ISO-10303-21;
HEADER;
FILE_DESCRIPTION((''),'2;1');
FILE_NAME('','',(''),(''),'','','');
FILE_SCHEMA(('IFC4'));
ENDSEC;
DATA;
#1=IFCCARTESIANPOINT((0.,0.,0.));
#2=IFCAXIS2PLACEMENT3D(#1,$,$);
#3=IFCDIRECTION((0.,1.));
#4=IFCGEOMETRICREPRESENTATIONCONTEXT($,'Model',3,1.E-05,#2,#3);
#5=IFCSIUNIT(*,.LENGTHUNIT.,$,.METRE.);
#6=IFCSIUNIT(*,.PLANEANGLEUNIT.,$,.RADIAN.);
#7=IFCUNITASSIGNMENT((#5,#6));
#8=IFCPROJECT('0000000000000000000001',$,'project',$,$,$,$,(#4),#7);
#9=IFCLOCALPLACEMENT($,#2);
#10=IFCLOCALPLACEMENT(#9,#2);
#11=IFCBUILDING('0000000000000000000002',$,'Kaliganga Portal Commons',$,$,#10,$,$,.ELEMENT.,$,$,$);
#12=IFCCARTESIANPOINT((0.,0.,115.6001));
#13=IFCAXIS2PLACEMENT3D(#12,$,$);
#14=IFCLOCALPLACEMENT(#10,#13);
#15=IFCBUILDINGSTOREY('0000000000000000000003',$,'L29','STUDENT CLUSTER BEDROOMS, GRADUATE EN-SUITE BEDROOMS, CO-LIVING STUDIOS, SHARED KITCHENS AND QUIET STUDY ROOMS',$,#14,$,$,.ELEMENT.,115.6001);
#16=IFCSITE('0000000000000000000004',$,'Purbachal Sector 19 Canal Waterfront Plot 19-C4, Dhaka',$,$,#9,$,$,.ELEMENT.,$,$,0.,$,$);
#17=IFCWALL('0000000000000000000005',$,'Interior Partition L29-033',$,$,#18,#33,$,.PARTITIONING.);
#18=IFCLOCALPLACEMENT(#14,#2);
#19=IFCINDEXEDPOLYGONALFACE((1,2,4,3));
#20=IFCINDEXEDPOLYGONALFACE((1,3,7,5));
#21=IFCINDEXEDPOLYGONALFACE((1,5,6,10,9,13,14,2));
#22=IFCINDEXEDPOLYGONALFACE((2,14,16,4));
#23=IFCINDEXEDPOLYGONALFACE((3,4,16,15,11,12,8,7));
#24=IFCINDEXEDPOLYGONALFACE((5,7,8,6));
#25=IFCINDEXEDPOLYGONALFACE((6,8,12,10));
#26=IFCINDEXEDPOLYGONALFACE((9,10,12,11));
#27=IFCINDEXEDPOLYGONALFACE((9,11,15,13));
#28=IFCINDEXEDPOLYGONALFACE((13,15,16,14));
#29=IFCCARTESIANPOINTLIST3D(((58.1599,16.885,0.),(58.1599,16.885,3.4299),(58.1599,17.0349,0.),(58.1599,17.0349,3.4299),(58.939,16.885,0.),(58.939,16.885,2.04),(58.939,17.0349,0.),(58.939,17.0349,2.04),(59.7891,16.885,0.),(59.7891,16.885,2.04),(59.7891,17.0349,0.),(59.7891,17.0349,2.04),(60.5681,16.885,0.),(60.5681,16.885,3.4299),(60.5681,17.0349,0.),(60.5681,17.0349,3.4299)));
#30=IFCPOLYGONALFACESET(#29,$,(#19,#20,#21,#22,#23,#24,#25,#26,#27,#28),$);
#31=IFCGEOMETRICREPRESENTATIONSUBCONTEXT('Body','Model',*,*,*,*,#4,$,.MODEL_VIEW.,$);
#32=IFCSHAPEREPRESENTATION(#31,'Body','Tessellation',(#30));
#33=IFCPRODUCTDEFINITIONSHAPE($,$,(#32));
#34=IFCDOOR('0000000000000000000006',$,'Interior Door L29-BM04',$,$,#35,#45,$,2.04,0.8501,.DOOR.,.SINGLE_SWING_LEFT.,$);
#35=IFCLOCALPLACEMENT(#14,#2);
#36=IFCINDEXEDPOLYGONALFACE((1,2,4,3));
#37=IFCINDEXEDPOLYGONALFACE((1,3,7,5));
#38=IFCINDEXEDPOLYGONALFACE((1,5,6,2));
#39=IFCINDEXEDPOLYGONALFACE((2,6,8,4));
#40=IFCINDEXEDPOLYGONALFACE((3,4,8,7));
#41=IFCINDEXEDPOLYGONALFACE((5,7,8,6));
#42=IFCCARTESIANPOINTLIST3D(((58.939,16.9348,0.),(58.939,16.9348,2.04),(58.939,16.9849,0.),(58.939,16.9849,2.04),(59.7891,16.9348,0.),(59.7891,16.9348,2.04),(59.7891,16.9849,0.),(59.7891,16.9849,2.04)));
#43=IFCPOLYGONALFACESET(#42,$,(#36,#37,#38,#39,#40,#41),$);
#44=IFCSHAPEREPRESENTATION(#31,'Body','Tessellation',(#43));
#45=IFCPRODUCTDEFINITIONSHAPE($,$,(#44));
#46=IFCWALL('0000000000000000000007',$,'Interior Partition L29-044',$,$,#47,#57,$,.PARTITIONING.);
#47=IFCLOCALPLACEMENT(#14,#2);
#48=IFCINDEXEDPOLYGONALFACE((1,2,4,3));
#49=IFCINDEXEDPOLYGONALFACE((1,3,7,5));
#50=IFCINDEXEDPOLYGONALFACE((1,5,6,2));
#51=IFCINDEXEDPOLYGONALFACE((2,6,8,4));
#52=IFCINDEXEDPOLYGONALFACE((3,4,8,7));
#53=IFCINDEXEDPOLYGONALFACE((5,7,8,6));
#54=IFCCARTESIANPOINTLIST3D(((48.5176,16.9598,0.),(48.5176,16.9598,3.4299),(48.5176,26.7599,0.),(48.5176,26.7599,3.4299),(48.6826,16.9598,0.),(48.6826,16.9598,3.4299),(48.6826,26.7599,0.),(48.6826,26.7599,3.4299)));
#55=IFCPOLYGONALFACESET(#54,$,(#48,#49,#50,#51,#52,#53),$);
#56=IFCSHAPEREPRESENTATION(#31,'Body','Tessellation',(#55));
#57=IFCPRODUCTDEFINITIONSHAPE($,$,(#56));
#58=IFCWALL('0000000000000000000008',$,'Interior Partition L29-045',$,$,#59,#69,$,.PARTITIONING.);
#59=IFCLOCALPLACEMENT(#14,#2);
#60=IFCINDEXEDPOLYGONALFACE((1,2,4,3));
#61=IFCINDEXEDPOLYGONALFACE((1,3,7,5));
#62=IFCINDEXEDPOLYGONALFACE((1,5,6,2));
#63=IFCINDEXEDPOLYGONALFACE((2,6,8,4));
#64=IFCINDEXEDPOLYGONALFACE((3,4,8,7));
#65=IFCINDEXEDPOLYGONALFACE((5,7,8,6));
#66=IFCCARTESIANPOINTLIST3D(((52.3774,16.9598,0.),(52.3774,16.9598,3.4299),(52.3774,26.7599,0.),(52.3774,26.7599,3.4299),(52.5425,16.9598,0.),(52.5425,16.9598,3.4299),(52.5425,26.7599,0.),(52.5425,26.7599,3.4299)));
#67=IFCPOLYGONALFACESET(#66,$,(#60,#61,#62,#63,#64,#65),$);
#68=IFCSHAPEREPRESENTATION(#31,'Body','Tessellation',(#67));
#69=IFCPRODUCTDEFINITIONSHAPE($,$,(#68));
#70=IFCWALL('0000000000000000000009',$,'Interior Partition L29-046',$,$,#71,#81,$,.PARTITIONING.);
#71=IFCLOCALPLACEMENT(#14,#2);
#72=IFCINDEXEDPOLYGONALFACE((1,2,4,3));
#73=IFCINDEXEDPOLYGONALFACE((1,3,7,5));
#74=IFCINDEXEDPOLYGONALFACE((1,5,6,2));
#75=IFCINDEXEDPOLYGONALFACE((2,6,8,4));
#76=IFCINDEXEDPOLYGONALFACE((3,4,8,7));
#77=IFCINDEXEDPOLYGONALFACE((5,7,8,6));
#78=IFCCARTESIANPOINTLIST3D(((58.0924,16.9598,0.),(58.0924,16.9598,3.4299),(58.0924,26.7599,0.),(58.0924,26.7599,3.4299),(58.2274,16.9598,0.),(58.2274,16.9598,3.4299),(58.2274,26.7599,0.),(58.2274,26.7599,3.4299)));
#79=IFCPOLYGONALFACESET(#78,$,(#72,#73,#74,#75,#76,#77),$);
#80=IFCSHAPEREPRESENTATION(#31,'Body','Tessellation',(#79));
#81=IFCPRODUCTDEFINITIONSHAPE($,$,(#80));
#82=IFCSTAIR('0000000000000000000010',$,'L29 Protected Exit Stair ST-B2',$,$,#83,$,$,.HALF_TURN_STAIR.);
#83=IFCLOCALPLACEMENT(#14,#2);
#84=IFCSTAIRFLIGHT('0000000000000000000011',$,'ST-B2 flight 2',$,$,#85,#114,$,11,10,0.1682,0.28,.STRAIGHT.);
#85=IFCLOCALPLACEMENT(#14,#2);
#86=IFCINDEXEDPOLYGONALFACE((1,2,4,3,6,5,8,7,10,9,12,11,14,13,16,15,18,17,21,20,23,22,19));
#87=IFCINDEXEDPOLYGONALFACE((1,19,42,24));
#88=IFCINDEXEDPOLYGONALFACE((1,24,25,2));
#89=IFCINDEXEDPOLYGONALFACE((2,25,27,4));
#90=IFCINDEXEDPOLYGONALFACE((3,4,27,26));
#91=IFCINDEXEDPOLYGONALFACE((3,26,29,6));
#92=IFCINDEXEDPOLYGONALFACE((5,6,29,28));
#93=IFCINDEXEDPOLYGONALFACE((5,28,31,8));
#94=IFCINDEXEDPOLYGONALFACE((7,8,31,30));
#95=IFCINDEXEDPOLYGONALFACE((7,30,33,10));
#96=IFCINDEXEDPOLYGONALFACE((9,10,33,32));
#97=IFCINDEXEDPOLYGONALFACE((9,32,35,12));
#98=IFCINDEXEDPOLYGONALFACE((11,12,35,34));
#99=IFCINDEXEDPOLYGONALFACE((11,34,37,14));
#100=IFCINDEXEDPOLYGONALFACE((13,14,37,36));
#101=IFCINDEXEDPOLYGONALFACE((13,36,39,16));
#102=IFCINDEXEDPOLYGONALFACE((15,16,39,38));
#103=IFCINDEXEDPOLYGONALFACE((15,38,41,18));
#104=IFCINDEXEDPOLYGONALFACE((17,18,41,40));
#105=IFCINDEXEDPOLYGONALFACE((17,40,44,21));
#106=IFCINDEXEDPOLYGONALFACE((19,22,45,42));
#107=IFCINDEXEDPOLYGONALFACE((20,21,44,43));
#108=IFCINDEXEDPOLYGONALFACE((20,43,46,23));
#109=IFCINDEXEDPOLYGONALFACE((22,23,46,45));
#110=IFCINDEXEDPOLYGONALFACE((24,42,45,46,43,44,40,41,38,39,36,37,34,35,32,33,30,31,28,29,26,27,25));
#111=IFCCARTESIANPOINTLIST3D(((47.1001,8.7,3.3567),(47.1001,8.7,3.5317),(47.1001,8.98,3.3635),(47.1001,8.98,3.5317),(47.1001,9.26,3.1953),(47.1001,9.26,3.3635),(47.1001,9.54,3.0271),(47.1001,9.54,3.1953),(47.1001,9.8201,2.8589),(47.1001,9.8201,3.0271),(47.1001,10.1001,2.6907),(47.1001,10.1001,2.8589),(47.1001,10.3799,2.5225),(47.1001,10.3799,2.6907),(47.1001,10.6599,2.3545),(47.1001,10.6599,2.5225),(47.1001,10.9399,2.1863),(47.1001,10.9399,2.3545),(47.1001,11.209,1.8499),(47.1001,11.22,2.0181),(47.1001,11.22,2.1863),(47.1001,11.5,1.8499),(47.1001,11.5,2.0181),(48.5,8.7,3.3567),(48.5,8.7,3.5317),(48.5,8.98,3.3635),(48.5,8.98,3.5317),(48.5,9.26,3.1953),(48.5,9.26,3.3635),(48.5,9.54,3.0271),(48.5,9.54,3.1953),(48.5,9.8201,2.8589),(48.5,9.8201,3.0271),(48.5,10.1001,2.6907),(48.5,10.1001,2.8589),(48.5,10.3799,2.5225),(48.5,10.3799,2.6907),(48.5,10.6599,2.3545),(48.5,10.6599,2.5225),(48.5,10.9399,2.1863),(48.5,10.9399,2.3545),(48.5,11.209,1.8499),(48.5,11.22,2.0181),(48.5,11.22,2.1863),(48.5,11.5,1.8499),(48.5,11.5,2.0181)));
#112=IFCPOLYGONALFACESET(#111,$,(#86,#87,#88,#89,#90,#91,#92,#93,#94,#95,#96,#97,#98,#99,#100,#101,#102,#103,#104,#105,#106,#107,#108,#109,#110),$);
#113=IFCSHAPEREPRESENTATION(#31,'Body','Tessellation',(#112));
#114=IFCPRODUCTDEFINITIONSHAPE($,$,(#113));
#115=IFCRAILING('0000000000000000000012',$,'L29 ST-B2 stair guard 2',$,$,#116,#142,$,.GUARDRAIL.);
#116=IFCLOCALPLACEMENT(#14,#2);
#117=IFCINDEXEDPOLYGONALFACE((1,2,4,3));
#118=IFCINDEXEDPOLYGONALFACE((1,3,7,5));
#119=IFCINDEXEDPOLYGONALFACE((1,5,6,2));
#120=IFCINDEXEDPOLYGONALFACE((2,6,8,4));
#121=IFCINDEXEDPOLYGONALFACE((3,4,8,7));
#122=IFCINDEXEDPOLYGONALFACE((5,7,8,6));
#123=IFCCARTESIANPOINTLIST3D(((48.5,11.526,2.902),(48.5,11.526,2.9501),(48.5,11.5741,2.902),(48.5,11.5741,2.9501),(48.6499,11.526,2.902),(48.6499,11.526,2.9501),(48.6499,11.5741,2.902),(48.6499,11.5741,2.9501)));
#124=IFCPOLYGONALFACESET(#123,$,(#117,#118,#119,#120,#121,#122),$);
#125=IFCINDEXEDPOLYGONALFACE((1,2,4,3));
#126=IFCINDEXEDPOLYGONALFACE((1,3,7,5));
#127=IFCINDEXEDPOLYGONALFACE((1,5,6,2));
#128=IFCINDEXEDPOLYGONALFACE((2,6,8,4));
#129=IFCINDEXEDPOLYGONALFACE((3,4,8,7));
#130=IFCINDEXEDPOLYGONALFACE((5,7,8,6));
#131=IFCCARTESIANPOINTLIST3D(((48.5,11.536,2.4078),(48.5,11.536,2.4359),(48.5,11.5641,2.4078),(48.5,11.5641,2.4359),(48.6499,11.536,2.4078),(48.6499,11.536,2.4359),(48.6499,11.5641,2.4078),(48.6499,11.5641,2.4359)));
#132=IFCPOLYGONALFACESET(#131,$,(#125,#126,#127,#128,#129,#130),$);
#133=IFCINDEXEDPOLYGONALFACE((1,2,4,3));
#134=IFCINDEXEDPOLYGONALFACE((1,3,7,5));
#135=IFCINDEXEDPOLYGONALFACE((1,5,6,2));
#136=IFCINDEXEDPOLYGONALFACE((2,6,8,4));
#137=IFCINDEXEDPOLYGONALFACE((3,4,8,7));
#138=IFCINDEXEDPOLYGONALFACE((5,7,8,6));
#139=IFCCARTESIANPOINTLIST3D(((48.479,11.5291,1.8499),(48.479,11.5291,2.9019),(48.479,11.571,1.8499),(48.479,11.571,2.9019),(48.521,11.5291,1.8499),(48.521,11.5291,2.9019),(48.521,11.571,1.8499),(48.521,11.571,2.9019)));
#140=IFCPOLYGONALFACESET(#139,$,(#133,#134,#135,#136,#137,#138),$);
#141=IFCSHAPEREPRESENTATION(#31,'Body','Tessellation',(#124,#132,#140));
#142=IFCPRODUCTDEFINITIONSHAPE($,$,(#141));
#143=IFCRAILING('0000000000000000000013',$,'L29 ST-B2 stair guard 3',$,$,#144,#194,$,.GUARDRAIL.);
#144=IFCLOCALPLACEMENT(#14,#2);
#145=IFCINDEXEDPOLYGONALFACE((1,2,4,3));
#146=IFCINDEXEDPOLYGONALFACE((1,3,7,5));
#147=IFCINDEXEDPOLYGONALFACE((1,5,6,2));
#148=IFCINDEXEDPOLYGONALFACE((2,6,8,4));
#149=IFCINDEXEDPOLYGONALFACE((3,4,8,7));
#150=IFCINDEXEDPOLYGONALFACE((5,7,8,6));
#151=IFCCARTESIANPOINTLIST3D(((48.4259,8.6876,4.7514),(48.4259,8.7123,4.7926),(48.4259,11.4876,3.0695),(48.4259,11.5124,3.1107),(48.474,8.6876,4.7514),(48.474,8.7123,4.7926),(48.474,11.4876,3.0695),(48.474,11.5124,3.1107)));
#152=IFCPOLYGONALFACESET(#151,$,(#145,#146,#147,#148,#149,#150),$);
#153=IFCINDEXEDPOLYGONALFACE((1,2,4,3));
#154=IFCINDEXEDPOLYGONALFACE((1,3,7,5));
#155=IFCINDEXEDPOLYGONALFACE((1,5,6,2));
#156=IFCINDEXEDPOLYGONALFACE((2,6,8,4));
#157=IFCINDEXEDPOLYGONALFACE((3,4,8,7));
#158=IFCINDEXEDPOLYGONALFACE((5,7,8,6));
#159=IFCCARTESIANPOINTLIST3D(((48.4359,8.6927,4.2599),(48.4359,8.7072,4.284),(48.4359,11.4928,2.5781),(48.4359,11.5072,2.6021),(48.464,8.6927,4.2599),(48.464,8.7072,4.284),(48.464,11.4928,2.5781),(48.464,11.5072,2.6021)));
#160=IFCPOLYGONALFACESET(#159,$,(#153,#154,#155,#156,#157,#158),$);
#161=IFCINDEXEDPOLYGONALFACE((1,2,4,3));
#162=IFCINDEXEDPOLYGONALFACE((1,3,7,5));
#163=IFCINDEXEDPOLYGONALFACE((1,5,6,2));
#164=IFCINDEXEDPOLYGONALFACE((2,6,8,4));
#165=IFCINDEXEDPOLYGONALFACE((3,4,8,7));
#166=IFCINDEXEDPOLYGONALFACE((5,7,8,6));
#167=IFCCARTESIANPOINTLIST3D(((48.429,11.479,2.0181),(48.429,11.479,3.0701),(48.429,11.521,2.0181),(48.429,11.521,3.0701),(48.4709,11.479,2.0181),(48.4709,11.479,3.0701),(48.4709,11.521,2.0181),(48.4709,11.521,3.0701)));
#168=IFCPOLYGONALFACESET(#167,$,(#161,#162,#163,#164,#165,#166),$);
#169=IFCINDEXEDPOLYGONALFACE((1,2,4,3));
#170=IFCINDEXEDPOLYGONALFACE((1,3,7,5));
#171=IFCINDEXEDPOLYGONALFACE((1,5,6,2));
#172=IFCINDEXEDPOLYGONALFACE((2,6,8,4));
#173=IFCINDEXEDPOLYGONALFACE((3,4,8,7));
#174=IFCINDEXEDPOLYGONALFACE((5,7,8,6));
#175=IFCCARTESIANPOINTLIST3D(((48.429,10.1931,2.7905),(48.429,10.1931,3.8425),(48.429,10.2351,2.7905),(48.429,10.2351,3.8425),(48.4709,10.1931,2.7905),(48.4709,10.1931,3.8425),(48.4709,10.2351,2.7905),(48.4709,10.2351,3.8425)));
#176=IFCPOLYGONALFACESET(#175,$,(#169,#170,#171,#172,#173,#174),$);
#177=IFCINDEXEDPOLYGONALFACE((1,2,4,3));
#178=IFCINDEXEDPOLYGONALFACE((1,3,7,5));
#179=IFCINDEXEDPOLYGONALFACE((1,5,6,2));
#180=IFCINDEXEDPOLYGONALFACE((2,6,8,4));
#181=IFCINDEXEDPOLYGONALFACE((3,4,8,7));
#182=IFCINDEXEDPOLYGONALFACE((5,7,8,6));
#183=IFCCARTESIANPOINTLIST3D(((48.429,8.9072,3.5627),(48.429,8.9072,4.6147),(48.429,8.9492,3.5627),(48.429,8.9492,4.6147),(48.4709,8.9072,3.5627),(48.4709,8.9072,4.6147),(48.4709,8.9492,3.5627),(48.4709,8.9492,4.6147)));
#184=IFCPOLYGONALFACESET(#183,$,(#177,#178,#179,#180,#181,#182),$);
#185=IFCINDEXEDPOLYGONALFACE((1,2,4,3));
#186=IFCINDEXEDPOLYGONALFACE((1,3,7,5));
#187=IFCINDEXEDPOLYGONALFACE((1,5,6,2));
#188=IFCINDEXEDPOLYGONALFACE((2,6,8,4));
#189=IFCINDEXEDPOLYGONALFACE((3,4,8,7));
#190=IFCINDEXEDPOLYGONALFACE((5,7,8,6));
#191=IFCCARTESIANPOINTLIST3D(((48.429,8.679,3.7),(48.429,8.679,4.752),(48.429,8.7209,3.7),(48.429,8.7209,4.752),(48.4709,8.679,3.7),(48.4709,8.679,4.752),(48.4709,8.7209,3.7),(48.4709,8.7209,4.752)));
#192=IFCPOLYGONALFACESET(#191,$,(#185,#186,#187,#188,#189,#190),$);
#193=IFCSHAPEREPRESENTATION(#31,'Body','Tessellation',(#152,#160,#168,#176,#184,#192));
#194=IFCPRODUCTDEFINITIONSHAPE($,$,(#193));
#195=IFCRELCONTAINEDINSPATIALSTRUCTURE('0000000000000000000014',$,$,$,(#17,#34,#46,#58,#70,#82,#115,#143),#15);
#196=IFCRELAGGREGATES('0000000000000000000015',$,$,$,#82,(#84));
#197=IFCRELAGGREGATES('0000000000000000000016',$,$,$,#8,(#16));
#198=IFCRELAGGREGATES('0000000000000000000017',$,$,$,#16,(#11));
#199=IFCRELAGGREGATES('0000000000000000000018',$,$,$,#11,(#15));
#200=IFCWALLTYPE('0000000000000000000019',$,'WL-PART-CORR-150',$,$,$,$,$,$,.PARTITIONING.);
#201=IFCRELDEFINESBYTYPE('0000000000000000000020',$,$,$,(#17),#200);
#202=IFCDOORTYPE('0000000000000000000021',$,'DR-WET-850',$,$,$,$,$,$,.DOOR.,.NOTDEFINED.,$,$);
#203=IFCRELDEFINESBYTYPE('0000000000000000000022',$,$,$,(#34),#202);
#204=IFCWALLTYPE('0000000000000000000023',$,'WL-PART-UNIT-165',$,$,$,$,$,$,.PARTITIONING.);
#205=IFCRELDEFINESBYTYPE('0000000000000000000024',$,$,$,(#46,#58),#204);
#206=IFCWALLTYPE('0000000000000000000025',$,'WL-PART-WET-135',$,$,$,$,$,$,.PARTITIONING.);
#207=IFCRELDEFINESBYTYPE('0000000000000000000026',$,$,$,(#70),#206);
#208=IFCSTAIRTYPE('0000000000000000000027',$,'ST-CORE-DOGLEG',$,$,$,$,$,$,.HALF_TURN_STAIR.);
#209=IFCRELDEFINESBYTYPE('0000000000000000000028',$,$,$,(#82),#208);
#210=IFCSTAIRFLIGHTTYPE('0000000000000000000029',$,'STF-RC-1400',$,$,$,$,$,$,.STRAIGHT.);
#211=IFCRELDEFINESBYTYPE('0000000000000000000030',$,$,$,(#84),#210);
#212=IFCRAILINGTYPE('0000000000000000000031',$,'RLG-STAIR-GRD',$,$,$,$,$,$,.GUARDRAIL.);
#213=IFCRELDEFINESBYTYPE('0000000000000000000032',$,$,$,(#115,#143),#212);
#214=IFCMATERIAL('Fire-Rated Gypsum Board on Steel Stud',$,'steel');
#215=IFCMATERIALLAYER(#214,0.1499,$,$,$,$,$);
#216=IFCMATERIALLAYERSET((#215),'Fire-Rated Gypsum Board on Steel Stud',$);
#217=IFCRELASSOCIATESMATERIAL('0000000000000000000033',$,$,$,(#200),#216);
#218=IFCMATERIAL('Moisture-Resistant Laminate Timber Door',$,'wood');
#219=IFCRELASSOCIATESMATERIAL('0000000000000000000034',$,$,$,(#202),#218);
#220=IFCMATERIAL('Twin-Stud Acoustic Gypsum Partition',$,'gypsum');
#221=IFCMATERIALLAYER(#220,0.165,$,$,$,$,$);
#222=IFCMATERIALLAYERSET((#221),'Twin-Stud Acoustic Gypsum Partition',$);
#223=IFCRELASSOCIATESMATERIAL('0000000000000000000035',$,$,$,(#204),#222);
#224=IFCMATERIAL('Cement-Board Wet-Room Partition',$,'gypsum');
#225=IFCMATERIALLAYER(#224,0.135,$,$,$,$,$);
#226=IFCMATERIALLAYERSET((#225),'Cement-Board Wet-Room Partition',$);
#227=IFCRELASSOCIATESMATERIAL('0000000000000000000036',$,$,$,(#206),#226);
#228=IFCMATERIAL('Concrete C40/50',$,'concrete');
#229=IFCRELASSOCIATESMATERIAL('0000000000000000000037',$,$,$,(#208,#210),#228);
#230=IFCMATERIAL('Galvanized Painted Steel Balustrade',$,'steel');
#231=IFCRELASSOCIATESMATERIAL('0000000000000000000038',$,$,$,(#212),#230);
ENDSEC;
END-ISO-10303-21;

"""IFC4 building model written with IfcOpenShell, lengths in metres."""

from ifc_helpers import new_model, si_unit, direction, frame, frame_2d, origin, origin_2d, place, context, subcontext, project, spatial, polyline, rectangle, outline, extrude, material, layer, layer_set, type_object, element, fill, aggregate, save


model = new_model("IFC4")

# Units and contexts
model_context = context("Model", 3, precision=1e-05, world=origin(), true_north=direction((0.0, 1.0)))
body_context = subcontext(model_context, "Body", "Model", "MODEL_VIEW")
ifc_project = project(units=[si_unit("LENGTHUNIT", "METRE"), si_unit("PLANEANGLEUNIT", "RADIAN")], contexts=[model_context])

# Site, building, storey
site_placement = place(None, origin())
site = spatial("IfcSite", under=ifc_project, at=site_placement, Name="Purbachal Sector 19 Canal Waterfront Plot 19-C4, Dhaka", CompositionType="ELEMENT", RefElevation=0.0)
building_placement = place(site_placement, origin())
building = spatial("IfcBuilding", under=site, at=building_placement, Name="Kaliganga Portal Commons", CompositionType="ELEMENT")
storey_placement = place(building_placement, frame((0.0, 0.0, 115.6001)))
storey = spatial("IfcBuildingStorey", under=building, at=storey_placement, Name="L29", Description="STUDENT CLUSTER BEDROOMS, GRADUATE EN-SUITE BEDROOMS, CO-LIVING STUDIOS, SHARED KITCHENS AND QUIET STUDY ROOMS", CompositionType="ELEMENT", Elevation=115.6001)

# Shared definitions
ifc_material_1 = material(Name="Fire-Rated Gypsum Board on Steel Stud", Category="steel")
ifc_layer_1 = layer(ifc_material_1, 0.1499)
ifc_layer_set_1 = layer_set([ifc_layer_1], Name="Fire-Rated Gypsum Board on Steel Stud")
wall_type_1 = type_object("IfcWallType", Name="WL-PART-CORR-150", PredefinedType="PARTITIONING", material=ifc_layer_set_1)

# Wall, opening, door
wall_1_placement = place(storey_placement, frame((58.1599, 16.96, 0.0), z_axis=(0.0, 0.0, 1.0), x_axis=(1.0, 0.0, 0.0)))
wall_1 = element("IfcWall", 1, at=wall_1_placement, inside=storey, type_object=wall_type_1, Name="Interior Partition L29-033", PredefinedType="PARTITIONING", context=body_context, shape_type="SweptSolid", body=[
    extrude(rectangle(XDim=2.4082, YDim=0.1499, at=frame_2d((1.2041, 0.0))), origin(), (0.0, 0.0, 1.0), 3.4299),
])
opening_1_placement = place(wall_1_placement, frame((0.7791, 0.0, 0.0)))
opening_1 = element("IfcOpeningElement", 2, at=opening_1_placement, cuts=wall_1, PredefinedType="OPENING", context=body_context, shape_type="SweptSolid", body=[
    extrude(rectangle(XDim=0.8501, YDim=2.04, at=frame_2d((0.425, 1.02))), frame((0.0, 0.085, 0.0), z_axis=(0.0, -1.0, 0.0), x_axis=(1.0, 0.0, 0.0)), (0.0, 0.0, 1.0), 0.1699),
])
ifc_material_2 = material(Name="Moisture-Resistant Laminate Timber Door", Category="wood")
door_type_1 = type_object("IfcDoorType", Name="DR-WET-850", OperationType="NOTDEFINED", PredefinedType="DOOR", material=ifc_material_2)
door_1_placement = place(opening_1_placement, origin())
door_1 = element("IfcDoor", 3, at=door_1_placement, inside=storey, type_object=door_type_1, Name="Interior Door L29-BM04", OperationType="SINGLE_SWING_LEFT", OverallHeight=2.04, OverallWidth=0.8501, PredefinedType="DOOR", context=body_context, shape_type="SweptSolid", body=[
    extrude(rectangle(XDim=0.8501, YDim=2.04, at=frame_2d((0.425, 1.02))), frame((0.0, 0.0249, 0.0), z_axis=(0.0, -1.0, 0.0), x_axis=(1.0, 0.0, 0.0)), (0.0, 0.0, 1.0), 0.05),
])
fill(opening_1, door_1)

# Walls
ifc_material_3 = material(Name="Twin-Stud Acoustic Gypsum Partition", Category="gypsum")
ifc_layer_2 = layer(ifc_material_3, 0.165)
ifc_layer_set_2 = layer_set([ifc_layer_2], Name="Twin-Stud Acoustic Gypsum Partition")
wall_type_2 = type_object("IfcWallType", Name="WL-PART-UNIT-165", PredefinedType="PARTITIONING", material=ifc_layer_set_2)
for number, where, z_axis, x_axis, name in (
    (4, (48.6001, 16.96, 0.0), (0.0, 0.0, 1.0), (0.0, 1.0, 0.0), "Interior Partition L29-044"),
    (5, (52.46, 16.96, 0.0), (0.0, 0.0, 1.0), (0.0, 1.0, 0.0), "Interior Partition L29-045"),
):
    element("IfcWall", number, at=place(storey_placement, frame(where, z_axis=z_axis, x_axis=x_axis)), inside=storey, type_object=wall_type_2, Name=name, PredefinedType="PARTITIONING", context=body_context, shape_type="SweptSolid", body=[
        extrude(rectangle(XDim=9.8, YDim=0.165, at=frame_2d((4.8999, 0.0))), origin(), (0.0, 0.0, 1.0), 3.4299),
    ])
ifc_material_4 = material(Name="Cement-Board Wet-Room Partition", Category="gypsum")
ifc_layer_3 = layer(ifc_material_4, 0.135)
ifc_layer_set_3 = layer_set([ifc_layer_3], Name="Cement-Board Wet-Room Partition")
wall_type_3 = type_object("IfcWallType", Name="WL-PART-WET-135", PredefinedType="PARTITIONING", material=ifc_layer_set_3)
wall_2_placement = place(storey_placement, frame((58.1599, 16.96, 0.0), z_axis=(0.0, 0.0, 1.0), x_axis=(0.0, 1.0, 0.0)))
element("IfcWall", 6, at=wall_2_placement, inside=storey, type_object=wall_type_3, Name="Interior Partition L29-046", PredefinedType="PARTITIONING", context=body_context, shape_type="SweptSolid", body=[
    extrude(rectangle(XDim=9.8, YDim=0.135, at=frame_2d((4.8999, 0.0))), origin(), (0.0, 0.0, 1.0), 3.4299),
])

# Stair, stair flight
ifc_material_5 = material(Name="Concrete C40/50", Category="concrete")
stair_type = type_object("IfcStairType", Name="ST-CORE-DOGLEG", PredefinedType="HALF_TURN_STAIR", material=ifc_material_5)
stair_placement = place(storey_placement, origin())
stair = element("IfcStair", 7, at=stair_placement, inside=storey, type_object=stair_type, Name="L29 Protected Exit Stair ST-B2", PredefinedType="HALF_TURN_STAIR")
stair_flight_type = type_object("IfcStairFlightType", Name="STF-RC-1400", PredefinedType="STRAIGHT", material=ifc_material_5)
stair_flight_placement = place(storey_placement, frame((47.8, 11.5, 1.8499), z_axis=(0.0, 0.0, 1.0), x_axis=(0.0, -1.0, 0.0)))
stair_flight = element("IfcStairFlight", 8, at=stair_flight_placement, type_object=stair_flight_type, Name="ST-B2 flight 2", NumberOfRisers=11, NumberOfTreads=10, PredefinedType="STRAIGHT", RiserHeight=0.1682, TreadLength=0.28, context=body_context, shape_type="SweptSolid", body=[
    extrude(outline(polyline([(0.0, 0.0), (0.0, 0.1682), (0.28, 0.1682), (0.28, 0.3364), (0.5601, 0.3364), (0.5601, 0.5046), (0.8401, 0.5046), (0.8401, 0.6726), (1.1201, 0.6726), (1.1201, 0.8408), (1.3999, 0.8408), (1.3999, 1.009), (1.6799, 1.009), (1.6799, 1.1772), (1.96, 1.1772), (1.96, 1.3455), (2.24, 1.3455), (2.24, 1.5137), (2.52, 1.5137), (2.52, 1.6819), (2.8, 1.6819), (2.8, 1.8501), (2.8, 1.5068), (0.291, 0.0), (0.0, 0.0)])), frame((0.0, 0.7, 0.0), z_axis=(0.0, -1.0, 0.0), x_axis=(1.0, 0.0, 0.0)), (0.0, 0.0, 1.0), 1.3999),
])
aggregate(stair, [stair_flight])

# Railings
ifc_material_6 = material(Name="Galvanized Painted Steel Balustrade", Category="steel")
railing_type_1 = type_object("IfcRailingType", Name="RLG-STAIR-GRD", PredefinedType="GUARDRAIL", material=ifc_material_6)
railing_1_placement = place(storey_placement, frame((48.6499, 11.55, 1.8499)))
element("IfcRailing", 9, at=railing_1_placement, inside=storey, type_object=railing_type_1, Name="L29 ST-B2 stair guard 2", PredefinedType="GUARDRAIL", context=body_context, shape_type="SweptSolid", body=[
    extrude(rectangle(XDim=0.0481, YDim=0.0481, at=origin_2d()), frame((0.0, 0.0, 1.0762), z_axis=(-1.0, 0.0, 0.0), x_axis=(0.0, -1.0, 0.0)), (0.0, 0.0, 1.0), 0.1499),
    extrude(rectangle(XDim=0.0281, YDim=0.0281, at=origin_2d()), frame((0.0, 0.0, 0.572), z_axis=(-1.0, 0.0, 0.0), x_axis=(0.0, -1.0, 0.0)), (0.0, 0.0, 1.0), 0.1499),
    extrude(rectangle(XDim=0.042, YDim=0.042, at=origin_2d()), frame((-0.1499, 0.0, 0.0)), (0.0, 0.0, 1.0), 1.052),
])
railing_2_placement = place(storey_placement, frame((48.45, 11.5, 2.0181)))
element("IfcRailing", 10, at=railing_2_placement, inside=storey, type_object=railing_type_1, Name="L29 ST-B2 stair guard 3", PredefinedType="GUARDRAIL", context=body_context, shape_type="SweptSolid", body=[
    extrude(rectangle(XDim=0.0481, YDim=0.0481, at=origin_2d()), frame((0.0, 0.0, 1.072), z_axis=(0.0, -0.857242, 0.514913), x_axis=(1.0, 0.0, 0.0)), (0.0, 0.0, 1.0), 3.2664),
    extrude(rectangle(XDim=0.0281, YDim=0.0281, at=origin_2d()), frame((0.0, 0.0, 0.572), z_axis=(0.0, -0.857242, 0.514913), x_axis=(1.0, 0.0, 0.0)), (0.0, 0.0, 1.0), 3.2664),
    extrude(rectangle(XDim=0.042, YDim=0.042, at=origin_2d()), origin(), (0.0, 0.0, 1.0), 1.052),
    extrude(rectangle(XDim=0.042, YDim=0.042, at=origin_2d()), frame((0.0, -1.2859, 0.7725)), (0.0, 0.0, 1.0), 1.052),
    extrude(rectangle(XDim=0.042, YDim=0.042, at=origin_2d()), frame((0.0, -2.5718, 1.5447)), (0.0, 0.0, 1.0), 1.052),
    extrude(rectangle(XDim=0.042, YDim=0.042, at=origin_2d()), frame((0.0, -2.8, 1.6819)), (0.0, 0.0, 1.0), 1.052),
])

save(model, "model.ifc")
